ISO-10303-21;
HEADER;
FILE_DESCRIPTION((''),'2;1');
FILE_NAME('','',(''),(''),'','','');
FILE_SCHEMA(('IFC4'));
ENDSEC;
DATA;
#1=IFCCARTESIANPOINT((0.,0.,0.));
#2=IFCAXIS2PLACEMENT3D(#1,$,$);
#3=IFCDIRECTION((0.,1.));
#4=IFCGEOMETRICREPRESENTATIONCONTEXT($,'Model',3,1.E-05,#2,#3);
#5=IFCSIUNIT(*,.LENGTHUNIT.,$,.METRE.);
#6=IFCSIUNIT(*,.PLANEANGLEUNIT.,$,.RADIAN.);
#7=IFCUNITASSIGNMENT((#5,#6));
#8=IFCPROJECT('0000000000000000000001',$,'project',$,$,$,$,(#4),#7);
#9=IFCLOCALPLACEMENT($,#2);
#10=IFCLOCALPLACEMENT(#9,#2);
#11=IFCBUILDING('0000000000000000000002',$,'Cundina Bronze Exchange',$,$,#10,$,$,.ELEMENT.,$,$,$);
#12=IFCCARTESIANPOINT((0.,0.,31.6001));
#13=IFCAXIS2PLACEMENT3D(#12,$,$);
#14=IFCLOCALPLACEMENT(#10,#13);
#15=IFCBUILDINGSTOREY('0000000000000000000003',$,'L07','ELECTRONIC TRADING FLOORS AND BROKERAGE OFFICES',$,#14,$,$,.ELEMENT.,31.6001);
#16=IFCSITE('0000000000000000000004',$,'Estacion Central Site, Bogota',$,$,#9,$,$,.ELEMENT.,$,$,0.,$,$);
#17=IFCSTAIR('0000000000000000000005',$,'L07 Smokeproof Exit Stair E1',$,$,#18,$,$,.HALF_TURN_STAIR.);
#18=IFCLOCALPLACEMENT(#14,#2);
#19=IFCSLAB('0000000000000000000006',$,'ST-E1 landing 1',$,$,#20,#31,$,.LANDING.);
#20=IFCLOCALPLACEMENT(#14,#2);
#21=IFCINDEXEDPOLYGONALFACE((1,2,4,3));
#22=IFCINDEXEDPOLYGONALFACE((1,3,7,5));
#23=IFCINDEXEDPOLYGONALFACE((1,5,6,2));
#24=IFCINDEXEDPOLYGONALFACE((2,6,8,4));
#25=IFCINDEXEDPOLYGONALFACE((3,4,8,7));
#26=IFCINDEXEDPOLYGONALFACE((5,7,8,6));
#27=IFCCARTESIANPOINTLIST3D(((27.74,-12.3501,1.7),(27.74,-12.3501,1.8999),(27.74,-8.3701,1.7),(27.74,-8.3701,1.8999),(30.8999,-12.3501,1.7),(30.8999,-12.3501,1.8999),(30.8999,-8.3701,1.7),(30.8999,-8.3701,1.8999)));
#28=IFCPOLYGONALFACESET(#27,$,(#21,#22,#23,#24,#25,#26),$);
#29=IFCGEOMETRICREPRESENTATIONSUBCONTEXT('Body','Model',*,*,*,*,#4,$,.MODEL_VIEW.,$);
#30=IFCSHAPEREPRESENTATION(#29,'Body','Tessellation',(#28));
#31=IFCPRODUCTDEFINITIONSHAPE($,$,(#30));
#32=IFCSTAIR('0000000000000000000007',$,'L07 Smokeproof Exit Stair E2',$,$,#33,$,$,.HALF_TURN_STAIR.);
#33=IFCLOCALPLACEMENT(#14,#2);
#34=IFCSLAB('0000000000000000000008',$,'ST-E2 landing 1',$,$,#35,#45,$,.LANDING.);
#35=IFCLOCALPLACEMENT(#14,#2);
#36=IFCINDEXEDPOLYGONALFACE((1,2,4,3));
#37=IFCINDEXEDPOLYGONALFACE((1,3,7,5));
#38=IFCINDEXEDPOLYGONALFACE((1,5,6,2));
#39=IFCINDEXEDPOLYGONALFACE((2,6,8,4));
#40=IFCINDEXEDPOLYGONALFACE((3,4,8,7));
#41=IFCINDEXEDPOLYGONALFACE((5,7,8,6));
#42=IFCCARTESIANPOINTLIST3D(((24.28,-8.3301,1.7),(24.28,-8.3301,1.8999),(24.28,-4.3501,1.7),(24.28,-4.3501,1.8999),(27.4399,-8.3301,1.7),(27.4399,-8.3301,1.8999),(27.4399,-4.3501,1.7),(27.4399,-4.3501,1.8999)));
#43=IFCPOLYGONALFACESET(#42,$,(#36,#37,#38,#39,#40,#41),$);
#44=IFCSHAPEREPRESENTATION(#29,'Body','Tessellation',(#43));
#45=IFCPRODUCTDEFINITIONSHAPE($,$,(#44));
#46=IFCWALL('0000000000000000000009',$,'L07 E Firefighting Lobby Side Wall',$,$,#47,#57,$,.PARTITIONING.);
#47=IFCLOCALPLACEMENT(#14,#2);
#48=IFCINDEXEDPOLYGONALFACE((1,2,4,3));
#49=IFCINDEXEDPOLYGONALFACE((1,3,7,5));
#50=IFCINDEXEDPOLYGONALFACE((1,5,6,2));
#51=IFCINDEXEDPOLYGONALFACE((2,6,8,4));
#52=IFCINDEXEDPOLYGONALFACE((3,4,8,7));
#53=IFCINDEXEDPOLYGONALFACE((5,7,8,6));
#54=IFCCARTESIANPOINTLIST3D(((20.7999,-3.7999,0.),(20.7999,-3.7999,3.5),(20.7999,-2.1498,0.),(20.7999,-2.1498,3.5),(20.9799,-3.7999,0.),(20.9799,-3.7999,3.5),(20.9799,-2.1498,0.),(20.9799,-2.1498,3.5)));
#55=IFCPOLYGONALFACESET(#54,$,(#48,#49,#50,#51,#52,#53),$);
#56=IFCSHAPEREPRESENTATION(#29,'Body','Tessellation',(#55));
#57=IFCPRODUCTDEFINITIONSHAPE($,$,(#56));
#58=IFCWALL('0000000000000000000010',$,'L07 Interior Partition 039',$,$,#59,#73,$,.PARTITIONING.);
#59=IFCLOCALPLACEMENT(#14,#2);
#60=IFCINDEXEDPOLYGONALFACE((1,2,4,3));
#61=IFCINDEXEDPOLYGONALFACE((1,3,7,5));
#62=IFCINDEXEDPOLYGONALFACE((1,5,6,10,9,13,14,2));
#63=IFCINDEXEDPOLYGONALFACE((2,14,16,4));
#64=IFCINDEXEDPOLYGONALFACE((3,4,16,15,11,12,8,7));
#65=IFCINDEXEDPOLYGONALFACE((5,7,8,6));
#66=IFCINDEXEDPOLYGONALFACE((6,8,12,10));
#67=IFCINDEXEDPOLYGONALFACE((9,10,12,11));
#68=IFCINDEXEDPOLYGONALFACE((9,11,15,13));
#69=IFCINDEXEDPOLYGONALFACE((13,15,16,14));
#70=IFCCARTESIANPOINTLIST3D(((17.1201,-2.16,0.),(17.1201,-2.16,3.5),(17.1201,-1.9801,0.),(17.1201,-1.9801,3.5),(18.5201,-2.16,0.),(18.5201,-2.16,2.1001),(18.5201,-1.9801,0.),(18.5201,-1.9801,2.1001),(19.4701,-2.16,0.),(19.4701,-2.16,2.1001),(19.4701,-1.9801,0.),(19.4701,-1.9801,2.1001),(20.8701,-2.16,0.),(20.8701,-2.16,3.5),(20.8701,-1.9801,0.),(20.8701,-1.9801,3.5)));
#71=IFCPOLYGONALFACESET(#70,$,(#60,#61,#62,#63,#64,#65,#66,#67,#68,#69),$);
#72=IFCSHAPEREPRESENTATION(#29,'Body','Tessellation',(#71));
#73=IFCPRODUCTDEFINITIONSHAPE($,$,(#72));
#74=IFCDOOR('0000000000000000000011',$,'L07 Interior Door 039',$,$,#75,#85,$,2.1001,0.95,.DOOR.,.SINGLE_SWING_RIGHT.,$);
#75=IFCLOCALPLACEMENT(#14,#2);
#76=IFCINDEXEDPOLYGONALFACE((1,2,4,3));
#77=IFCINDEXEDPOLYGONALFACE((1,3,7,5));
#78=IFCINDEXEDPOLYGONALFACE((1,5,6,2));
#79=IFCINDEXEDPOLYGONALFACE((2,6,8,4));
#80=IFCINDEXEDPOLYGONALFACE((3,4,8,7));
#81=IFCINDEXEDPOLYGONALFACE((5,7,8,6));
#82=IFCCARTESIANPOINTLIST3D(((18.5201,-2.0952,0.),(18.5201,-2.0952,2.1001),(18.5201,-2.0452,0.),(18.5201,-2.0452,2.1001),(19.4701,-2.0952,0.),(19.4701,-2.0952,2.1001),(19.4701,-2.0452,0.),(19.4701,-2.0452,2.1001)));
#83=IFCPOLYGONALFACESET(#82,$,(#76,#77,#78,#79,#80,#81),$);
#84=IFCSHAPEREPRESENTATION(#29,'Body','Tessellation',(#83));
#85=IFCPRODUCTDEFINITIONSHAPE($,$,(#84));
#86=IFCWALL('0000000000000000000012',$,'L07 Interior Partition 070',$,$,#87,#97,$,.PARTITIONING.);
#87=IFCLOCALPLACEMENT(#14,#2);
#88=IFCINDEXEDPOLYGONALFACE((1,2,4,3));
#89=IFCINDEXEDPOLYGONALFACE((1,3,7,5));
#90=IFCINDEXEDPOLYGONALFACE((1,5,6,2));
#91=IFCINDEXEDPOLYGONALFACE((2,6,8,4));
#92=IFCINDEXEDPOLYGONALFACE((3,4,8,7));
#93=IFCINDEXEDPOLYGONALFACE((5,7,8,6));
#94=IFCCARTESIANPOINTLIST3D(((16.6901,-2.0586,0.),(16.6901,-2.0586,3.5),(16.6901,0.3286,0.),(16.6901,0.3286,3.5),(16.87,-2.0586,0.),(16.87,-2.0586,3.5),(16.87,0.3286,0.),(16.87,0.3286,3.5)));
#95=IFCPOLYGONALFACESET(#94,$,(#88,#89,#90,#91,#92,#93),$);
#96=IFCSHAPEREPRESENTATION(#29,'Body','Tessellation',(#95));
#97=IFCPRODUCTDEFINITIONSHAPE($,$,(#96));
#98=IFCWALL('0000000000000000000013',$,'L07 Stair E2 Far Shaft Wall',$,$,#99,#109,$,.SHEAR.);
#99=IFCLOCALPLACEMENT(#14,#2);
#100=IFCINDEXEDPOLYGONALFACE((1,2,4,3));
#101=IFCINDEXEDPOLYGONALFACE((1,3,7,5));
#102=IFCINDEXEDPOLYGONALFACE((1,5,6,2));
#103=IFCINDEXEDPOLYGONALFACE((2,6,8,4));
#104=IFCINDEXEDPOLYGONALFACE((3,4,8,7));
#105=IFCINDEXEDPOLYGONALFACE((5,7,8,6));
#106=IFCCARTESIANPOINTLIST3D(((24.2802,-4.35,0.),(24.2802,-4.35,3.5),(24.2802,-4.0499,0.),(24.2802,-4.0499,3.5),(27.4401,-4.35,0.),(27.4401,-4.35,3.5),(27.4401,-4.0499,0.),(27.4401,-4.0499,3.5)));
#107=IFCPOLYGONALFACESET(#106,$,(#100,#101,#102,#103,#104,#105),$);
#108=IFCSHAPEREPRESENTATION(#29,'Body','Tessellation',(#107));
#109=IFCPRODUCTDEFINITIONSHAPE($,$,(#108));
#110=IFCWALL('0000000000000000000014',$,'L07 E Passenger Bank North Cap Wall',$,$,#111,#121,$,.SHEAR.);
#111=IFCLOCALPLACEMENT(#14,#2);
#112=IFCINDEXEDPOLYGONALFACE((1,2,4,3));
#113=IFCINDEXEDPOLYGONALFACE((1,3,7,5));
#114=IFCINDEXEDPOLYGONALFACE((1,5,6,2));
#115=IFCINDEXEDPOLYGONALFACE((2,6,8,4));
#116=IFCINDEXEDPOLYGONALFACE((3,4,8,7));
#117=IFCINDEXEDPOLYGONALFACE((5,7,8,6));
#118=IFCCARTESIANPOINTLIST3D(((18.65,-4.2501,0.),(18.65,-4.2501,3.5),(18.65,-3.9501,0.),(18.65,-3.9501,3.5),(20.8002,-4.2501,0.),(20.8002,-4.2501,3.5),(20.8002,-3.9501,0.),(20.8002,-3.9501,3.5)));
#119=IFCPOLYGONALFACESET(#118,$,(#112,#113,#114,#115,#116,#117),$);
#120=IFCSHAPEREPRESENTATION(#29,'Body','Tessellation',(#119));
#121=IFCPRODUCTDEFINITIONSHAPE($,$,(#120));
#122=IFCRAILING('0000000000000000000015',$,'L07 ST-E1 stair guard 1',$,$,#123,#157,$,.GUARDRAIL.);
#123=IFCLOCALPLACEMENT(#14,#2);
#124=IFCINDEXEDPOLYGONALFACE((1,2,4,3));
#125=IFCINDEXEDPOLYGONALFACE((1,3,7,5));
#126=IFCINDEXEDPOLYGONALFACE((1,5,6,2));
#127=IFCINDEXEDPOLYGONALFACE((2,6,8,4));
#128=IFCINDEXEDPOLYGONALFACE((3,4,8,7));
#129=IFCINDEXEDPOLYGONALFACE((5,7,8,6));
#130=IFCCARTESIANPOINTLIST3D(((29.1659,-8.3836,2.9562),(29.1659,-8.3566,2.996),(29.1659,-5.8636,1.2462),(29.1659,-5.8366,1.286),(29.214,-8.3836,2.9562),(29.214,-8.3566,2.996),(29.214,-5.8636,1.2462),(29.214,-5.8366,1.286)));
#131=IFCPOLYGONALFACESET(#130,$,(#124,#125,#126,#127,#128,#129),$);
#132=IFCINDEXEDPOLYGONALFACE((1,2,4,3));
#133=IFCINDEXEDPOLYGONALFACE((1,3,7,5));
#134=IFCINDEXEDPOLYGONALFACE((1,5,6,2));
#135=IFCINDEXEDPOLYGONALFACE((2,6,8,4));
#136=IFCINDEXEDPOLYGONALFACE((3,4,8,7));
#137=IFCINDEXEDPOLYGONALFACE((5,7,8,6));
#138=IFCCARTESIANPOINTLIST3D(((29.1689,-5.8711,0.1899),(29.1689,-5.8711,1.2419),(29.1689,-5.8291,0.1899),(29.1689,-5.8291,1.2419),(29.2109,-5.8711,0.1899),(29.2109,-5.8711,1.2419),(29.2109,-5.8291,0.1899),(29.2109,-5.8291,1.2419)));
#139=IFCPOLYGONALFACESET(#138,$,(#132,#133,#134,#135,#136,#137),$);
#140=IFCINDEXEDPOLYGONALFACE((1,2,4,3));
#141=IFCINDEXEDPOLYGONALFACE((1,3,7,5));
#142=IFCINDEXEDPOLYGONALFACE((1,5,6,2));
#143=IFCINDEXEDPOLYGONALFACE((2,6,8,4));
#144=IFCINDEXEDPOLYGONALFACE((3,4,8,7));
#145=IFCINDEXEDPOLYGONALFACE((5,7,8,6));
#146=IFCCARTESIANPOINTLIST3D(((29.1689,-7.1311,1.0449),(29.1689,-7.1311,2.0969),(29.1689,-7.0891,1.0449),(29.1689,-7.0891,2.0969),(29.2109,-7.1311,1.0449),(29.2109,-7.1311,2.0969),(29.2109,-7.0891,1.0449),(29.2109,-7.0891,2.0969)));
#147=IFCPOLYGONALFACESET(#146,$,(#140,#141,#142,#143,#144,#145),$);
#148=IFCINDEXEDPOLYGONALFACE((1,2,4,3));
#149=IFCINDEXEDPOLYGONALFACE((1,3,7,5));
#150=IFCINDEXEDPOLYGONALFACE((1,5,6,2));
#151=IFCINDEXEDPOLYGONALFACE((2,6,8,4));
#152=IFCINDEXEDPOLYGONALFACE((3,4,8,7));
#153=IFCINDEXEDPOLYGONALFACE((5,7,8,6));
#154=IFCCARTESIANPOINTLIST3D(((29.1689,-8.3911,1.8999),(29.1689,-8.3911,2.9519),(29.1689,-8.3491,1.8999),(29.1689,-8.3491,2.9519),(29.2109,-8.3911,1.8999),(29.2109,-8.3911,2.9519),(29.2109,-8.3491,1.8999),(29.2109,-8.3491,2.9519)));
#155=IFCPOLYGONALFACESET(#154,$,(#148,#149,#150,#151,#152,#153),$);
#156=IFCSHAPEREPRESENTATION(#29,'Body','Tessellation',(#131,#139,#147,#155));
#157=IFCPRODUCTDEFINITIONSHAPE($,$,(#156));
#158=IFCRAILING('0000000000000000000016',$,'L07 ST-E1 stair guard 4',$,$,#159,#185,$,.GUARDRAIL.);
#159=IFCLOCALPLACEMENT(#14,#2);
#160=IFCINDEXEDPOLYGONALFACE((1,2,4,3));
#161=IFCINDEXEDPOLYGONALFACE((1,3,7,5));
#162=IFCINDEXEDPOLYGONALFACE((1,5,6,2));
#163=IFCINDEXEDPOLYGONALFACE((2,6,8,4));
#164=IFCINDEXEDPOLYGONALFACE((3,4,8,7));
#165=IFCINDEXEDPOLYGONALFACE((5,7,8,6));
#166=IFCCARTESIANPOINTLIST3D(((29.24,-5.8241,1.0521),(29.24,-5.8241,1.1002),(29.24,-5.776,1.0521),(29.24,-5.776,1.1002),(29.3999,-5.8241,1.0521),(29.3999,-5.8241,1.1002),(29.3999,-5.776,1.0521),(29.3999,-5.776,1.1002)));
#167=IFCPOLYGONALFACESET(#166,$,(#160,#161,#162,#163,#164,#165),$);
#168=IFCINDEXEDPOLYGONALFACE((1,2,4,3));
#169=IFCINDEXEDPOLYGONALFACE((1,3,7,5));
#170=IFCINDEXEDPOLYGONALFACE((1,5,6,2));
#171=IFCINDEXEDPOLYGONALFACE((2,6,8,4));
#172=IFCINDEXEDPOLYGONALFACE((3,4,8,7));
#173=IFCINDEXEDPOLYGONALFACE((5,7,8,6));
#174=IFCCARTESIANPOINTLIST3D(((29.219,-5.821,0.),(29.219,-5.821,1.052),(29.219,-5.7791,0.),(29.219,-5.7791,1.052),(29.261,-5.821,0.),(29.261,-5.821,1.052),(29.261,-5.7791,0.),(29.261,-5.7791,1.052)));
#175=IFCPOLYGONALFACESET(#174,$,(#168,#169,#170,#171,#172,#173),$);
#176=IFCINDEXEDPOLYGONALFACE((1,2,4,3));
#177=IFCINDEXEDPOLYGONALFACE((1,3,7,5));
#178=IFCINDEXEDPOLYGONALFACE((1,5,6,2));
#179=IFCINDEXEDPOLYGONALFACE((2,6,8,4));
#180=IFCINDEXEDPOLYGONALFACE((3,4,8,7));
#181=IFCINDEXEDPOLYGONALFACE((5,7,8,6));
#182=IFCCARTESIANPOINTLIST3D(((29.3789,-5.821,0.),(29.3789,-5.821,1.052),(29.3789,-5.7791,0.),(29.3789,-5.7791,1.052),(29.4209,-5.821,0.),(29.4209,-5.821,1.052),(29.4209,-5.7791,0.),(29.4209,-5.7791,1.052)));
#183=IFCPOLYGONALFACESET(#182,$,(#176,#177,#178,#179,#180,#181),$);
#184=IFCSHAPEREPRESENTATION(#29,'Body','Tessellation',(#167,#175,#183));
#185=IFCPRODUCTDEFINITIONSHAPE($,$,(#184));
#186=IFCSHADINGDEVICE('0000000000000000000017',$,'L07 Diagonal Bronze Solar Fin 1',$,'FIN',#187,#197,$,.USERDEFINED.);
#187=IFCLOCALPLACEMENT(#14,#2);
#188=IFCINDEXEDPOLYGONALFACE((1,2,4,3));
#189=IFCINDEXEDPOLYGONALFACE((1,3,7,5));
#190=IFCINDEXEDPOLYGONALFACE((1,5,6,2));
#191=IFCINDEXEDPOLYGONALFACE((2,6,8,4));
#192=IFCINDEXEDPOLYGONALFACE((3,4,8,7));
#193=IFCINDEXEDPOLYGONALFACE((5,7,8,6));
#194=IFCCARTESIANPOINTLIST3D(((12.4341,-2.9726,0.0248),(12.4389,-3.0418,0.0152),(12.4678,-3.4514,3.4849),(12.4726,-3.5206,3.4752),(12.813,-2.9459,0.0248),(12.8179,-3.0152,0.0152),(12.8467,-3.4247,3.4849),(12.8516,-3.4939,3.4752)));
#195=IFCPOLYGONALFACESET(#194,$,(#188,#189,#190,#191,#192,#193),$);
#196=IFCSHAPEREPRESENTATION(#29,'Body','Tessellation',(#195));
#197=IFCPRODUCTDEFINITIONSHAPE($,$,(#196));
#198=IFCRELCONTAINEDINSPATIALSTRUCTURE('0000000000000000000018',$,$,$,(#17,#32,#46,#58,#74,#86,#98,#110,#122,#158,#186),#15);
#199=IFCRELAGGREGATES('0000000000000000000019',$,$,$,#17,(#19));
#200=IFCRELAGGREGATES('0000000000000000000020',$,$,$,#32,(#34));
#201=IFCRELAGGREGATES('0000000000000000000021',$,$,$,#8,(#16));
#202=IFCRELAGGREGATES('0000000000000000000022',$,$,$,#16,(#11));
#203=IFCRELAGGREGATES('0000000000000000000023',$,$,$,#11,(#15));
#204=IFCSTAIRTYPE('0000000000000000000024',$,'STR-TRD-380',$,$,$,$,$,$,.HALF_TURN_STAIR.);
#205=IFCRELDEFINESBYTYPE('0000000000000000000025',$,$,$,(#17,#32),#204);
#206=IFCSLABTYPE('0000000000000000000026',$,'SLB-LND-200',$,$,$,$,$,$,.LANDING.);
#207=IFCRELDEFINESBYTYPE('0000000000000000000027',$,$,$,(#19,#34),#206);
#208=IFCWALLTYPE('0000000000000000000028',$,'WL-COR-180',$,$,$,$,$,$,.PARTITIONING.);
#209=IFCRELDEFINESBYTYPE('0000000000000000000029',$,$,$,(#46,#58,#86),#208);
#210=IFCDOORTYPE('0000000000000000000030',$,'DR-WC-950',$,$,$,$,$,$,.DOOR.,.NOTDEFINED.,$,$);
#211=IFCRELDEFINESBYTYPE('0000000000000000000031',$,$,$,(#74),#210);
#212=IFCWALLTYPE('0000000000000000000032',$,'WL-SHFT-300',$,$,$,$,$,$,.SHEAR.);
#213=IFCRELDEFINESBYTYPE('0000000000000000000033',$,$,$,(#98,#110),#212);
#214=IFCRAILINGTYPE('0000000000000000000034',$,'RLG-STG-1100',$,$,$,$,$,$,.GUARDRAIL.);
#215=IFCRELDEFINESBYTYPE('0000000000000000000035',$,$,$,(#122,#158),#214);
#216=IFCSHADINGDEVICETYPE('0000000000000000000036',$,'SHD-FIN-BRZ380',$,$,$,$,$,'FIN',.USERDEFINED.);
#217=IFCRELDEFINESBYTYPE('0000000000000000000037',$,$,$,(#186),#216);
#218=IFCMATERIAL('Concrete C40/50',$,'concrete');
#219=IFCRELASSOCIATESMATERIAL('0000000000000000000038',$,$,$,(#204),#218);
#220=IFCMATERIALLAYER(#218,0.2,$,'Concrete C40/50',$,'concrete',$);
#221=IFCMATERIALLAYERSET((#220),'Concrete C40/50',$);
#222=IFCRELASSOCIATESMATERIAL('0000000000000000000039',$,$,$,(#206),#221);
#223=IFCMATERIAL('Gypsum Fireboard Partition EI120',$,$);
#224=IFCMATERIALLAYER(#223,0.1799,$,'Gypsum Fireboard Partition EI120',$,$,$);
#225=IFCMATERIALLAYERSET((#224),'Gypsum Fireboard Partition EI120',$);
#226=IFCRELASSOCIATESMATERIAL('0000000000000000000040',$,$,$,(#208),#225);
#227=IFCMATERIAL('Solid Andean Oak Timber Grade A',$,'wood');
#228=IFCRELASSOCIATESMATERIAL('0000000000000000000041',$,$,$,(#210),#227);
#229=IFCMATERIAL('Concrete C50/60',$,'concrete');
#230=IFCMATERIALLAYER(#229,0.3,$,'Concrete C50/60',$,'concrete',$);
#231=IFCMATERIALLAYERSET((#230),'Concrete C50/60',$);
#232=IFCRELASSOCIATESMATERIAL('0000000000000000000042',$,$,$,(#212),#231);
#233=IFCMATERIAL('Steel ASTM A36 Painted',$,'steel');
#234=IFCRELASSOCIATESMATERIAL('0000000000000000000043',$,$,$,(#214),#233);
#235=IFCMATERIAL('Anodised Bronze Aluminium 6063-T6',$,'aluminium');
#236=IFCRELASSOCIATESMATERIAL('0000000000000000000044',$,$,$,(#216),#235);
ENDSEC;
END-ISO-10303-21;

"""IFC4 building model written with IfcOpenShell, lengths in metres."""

from ifc_helpers import new_model, si_unit, direction, frame, frame_2d, origin, origin_2d, place, context, subcontext, project, spatial, polyline, rectangle, outline, extrude, material, layer, layer_set, material_profile, profile_set, type_object, element, fill, aggregate, save


model = new_model("IFC4")

# Units and contexts
model_context = context("Model", 3, precision=1e-05, world=origin(), true_north=direction((0.0, 1.0)))
body_context = subcontext(model_context, "Body", "Model", "MODEL_VIEW")
ifc_project = project(units=[si_unit("LENGTHUNIT", "METRE"), si_unit("PLANEANGLEUNIT", "RADIAN")], contexts=[model_context])

# Site, building, storey
site_placement = place(None, origin())
site = spatial("IfcSite", under=ifc_project, at=site_placement, Name="Estacion Central Site, Bogota", CompositionType="ELEMENT", RefElevation=0.0)
building_placement = place(site_placement, origin())
building = spatial("IfcBuilding", under=site, at=building_placement, Name="Cundina Bronze Exchange", CompositionType="ELEMENT")
storey_placement = place(building_placement, frame((0.0, 0.0, 31.6001)))
storey = spatial("IfcBuildingStorey", under=building, at=storey_placement, Name="L07", Description="ELECTRONIC TRADING FLOORS AND BROKERAGE OFFICES", CompositionType="ELEMENT", Elevation=31.6001)

# Shared definitions
ifc_material_1 = material(Name="Anodised Bronze Aluminium 6063-T6", Category="aluminium")

# Stairs, slabs
ifc_material_2 = material(Name="Concrete C40/50", Category="concrete")
stair_type = type_object("IfcStairType", Name="STR-TRD-380", PredefinedType="HALF_TURN_STAIR", material=ifc_material_2)
ifc_layer_1 = layer(ifc_material_2, 0.2, Name="Concrete C40/50", Category="concrete")
ifc_layer_set_1 = layer_set([ifc_layer_1], Name="Concrete C40/50")
slab_type = type_object("IfcSlabType", Name="SLB-LND-200", PredefinedType="LANDING", material=ifc_layer_set_1)
stair_1_placement = place(storey_placement, origin())
stair_1 = element("IfcStair", 1, at=stair_1_placement, inside=storey, type_object=stair_type, Name="L07 Smokeproof Exit Stair E1", PredefinedType="HALF_TURN_STAIR")
slab_1_placement = place(storey_placement, frame((0.0, 0.0, 1.7)))
slab_1 = element("IfcSlab", 2, at=slab_1_placement, type_object=slab_type, Name="ST-E1 landing 1", PredefinedType="LANDING", context=body_context, shape_type="SweptSolid", body=[
    extrude(outline(polyline([(27.74, -8.3701), (27.74, -12.3501), (30.8999, -12.3501), (30.8999, -8.3701), (27.74, -8.3701)])), origin(), (0.0, 0.0, 1.0), 0.2),
])
aggregate(stair_1, [slab_1])
stair_2_placement = place(storey_placement, origin())
stair_2 = element("IfcStair", 3, at=stair_2_placement, inside=storey, type_object=stair_type, Name="L07 Smokeproof Exit Stair E2", PredefinedType="HALF_TURN_STAIR")
slab_2_placement = place(storey_placement, frame((0.0, 0.0, 1.7)))
slab_2 = element("IfcSlab", 4, at=slab_2_placement, type_object=slab_type, Name="ST-E2 landing 1", PredefinedType="LANDING", context=body_context, shape_type="SweptSolid", body=[
    extrude(outline(polyline([(27.4399, -8.3301), (27.4399, -4.3501), (24.28, -4.3501), (24.28, -8.3301), (27.4399, -8.3301)])), origin(), (0.0, 0.0, 1.0), 0.2),
])
aggregate(stair_2, [slab_2])

# Wall
ifc_material_3 = material(Name="Gypsum Fireboard Partition EI120")
ifc_layer_2 = layer(ifc_material_3, 0.1799, Name="Gypsum Fireboard Partition EI120")
ifc_layer_set_2 = layer_set([ifc_layer_2], Name="Gypsum Fireboard Partition EI120")
wall_type_1 = type_object("IfcWallType", Name="WL-COR-180", PredefinedType="PARTITIONING", material=ifc_layer_set_2)
wall_1_placement = place(storey_placement, frame((20.8899, -3.8, 0.0), z_axis=(0.0, 0.0, 1.0), x_axis=(0.0, 1.0, 0.0)))
element("IfcWall", 5, at=wall_1_placement, inside=storey, type_object=wall_type_1, Name="L07 E Firefighting Lobby Side Wall", PredefinedType="PARTITIONING", context=body_context, shape_type="SweptSolid", body=[
    extrude(rectangle(XDim=1.6501, YDim=0.1799, at=frame_2d((0.8252, 0.0))), origin(), (0.0, 0.0, 1.0), 3.5),
])

# Wall, opening, door
ifc_material_4 = material(Name="Steel ASTM A36 Painted", Category="steel")
wall_2_placement = place(storey_placement, frame((17.1201, -2.0701, 0.0), z_axis=(0.0, 0.0, 1.0), x_axis=(1.0, 0.0, 0.0)))
wall_2 = element("IfcWall", 6, at=wall_2_placement, inside=storey, type_object=wall_type_1, Name="L07 Interior Partition 039", PredefinedType="PARTITIONING", context=body_context, shape_type="SweptSolid", body=[
    extrude(rectangle(XDim=3.75, YDim=0.1799, at=frame_2d((1.875, 0.0))), origin(), (0.0, 0.0, 1.0), 3.5),
])
opening_1_placement = place(wall_2_placement, frame((1.3999, 0.0, 0.0)))
opening_1 = element("IfcOpeningElement", 7, at=opening_1_placement, cuts=wall_2, PredefinedType="OPENING", context=body_context, shape_type="SweptSolid", body=[
    extrude(rectangle(XDim=0.95, YDim=2.1001, at=frame_2d((0.4751, 1.05))), frame((0.0, 0.0999, 0.0), z_axis=(0.0, -1.0, 0.0), x_axis=(1.0, 0.0, 0.0)), (0.0, 0.0, 1.0), 0.2),
])
ifc_material_5 = material(Name="Solid Andean Oak Timber Grade A", Category="wood")
door_type_1 = type_object("IfcDoorType", Name="DR-WC-950", OperationType="NOTDEFINED", PredefinedType="DOOR", material=ifc_material_5)
door_1_placement = place(opening_1_placement, origin())
door_1 = element("IfcDoor", 8, at=door_1_placement, inside=storey, type_object=door_type_1, Name="L07 Interior Door 039", OperationType="SINGLE_SWING_RIGHT", OverallHeight=2.1001, OverallWidth=0.95, PredefinedType="DOOR", context=body_context, shape_type="SweptSolid", body=[
    extrude(rectangle(XDim=0.95, YDim=2.1001, at=frame_2d((0.4751, 1.05))), frame((0.0, 0.0249, 0.0), z_axis=(0.0, -1.0, 0.0), x_axis=(1.0, 0.0, 0.0)), (0.0, 0.0, 1.0), 0.05),
])
fill(opening_1, door_1)

# Wall
wall_3_placement = place(storey_placement, frame((16.78, 0.3286, 0.0), z_axis=(0.0, 0.0, 1.0), x_axis=(0.0, -1.0, 0.0)))
element("IfcWall", 9, at=wall_3_placement, inside=storey, type_object=wall_type_1, Name="L07 Interior Partition 070", PredefinedType="PARTITIONING", context=body_context, shape_type="SweptSolid", body=[
    extrude(rectangle(XDim=2.3872, YDim=0.1799, at=frame_2d((1.1936, 0.0))), origin(), (0.0, 0.0, 1.0), 3.5),
])

# Shared definitions
ifc_material_6 = material(Name="Concrete C50/60", Category="concrete")
ifc_layer_3 = layer(ifc_material_6, 0.3, Name="Concrete C50/60", Category="concrete")
ifc_layer_set_3 = layer_set([ifc_layer_3], Name="Concrete C50/60")
wall_type_2 = type_object("IfcWallType", Name="WL-SHFT-300", PredefinedType="SHEAR", material=ifc_layer_set_3)

# Walls
wall_4_placement = place(storey_placement, frame((24.28, -4.2, 0.0), z_axis=(0.0, 0.0, 1.0), x_axis=(1.0, 0.0, 0.0)))
element("IfcWall", 10, at=wall_4_placement, inside=storey, type_object=wall_type_2, Name="L07 Stair E2 Far Shaft Wall", PredefinedType="SHEAR", context=body_context, shape_type="SweptSolid", body=[
    extrude(rectangle(XDim=3.1599, YDim=0.3, at=frame_2d((1.5801, 0.0))), origin(), (0.0, 0.0, 1.0), 3.5),
])
wall_5_placement = place(storey_placement, frame((18.6499, -4.1001, 0.0), z_axis=(0.0, 0.0, 1.0), x_axis=(1.0, 0.0, 0.0)))
element("IfcWall", 11, at=wall_5_placement, inside=storey, type_object=wall_type_2, Name="L07 E Passenger Bank North Cap Wall", PredefinedType="SHEAR", context=body_context, shape_type="SweptSolid", body=[
    extrude(rectangle(XDim=2.1501, YDim=0.3, at=frame_2d((1.0752, 0.0))), origin(), (0.0, 0.0, 1.0), 3.5),
])

# Railings
railing_type = type_object("IfcRailingType", Name="RLG-STG-1100", PredefinedType="GUARDRAIL", material=ifc_material_4)
railing_1_placement = place(storey_placement, frame((29.1899, -5.8501, 0.1899)))
element("IfcRailing", 12, at=railing_1_placement, inside=storey, type_object=railing_type, Name="L07 ST-E1 stair guard 1", PredefinedType="GUARDRAIL", context=body_context, shape_type="SweptSolid", body=[
    extrude(rectangle(XDim=0.0481, YDim=0.0481, at=origin_2d()), frame((0.0, 0.0, 1.0762), z_axis=(0.0, -0.827484, 0.56149), x_axis=(1.0, 0.0, 0.0)), (0.0, 0.0, 1.0), 3.0454),
    extrude(rectangle(XDim=0.042, YDim=0.042, at=origin_2d()), origin(), (0.0, 0.0, 1.0), 1.052),
    extrude(rectangle(XDim=0.042, YDim=0.042, at=origin_2d()), frame((0.0, -1.26, 0.855)), (0.0, 0.0, 1.0), 1.052),
    extrude(rectangle(XDim=0.042, YDim=0.042, at=origin_2d()), frame((0.0, -2.52, 1.71)), (0.0, 0.0, 1.0), 1.052),
])
railing_2_placement = place(storey_placement, frame((29.24, -5.8, 0.0)))
element("IfcRailing", 13, at=railing_2_placement, inside=storey, type_object=railing_type, Name="L07 ST-E1 stair guard 4", PredefinedType="GUARDRAIL", context=body_context, shape_type="SweptSolid", body=[
    extrude(rectangle(XDim=0.0481, YDim=0.0481, at=origin_2d()), frame((0.0, 0.0, 1.0762), z_axis=(1.0, 0.0, 0.0), x_axis=(0.0, 1.0, 0.0)), (0.0, 0.0, 1.0), 0.1599),
    extrude(rectangle(XDim=0.042, YDim=0.042, at=origin_2d()), origin(), (0.0, 0.0, 1.0), 1.052),
    extrude(rectangle(XDim=0.042, YDim=0.042, at=origin_2d()), frame((0.1599, 0.0, 0.0)), (0.0, 0.0, 1.0), 1.052),
])

# Shading device
ifc_material_profile_1 = material_profile(ifc_material_1, rectangle(XDim=0.0701, YDim=0.3799, at=origin_2d()), Name="FIN70X380", Category="aluminium")
ifc_profile_set_1 = profile_set([ifc_material_profile_1], Name="Anodised Bronze Aluminium 6063-T6")
shading_device_type = type_object("IfcShadingDeviceType", Name="SHD-FIN-BRZ380", ElementType="FIN", PredefinedType="USERDEFINED", material=ifc_profile_set_1)
shading_device_placement = place(storey_placement, frame((12.626, -2.9939, 0.02), z_axis=(0.009645, -0.137059, 0.990516), x_axis=(-0.069533, 0.988072, 0.137398)))
element("IfcShadingDevice", 14, at=shading_device_placement, inside=storey, type_object=shading_device_type, Name="L07 Diagonal Bronze Solar Fin 1", ObjectType="FIN", PredefinedType="USERDEFINED", context=body_context, shape_type="SweptSolid", body=[
    extrude(rectangle(XDim=0.0701, YDim=0.3799, at=origin_2d()), origin(), (0.0, 0.0, 1.0), 3.4932),
])

save(model, "model.ifc")
